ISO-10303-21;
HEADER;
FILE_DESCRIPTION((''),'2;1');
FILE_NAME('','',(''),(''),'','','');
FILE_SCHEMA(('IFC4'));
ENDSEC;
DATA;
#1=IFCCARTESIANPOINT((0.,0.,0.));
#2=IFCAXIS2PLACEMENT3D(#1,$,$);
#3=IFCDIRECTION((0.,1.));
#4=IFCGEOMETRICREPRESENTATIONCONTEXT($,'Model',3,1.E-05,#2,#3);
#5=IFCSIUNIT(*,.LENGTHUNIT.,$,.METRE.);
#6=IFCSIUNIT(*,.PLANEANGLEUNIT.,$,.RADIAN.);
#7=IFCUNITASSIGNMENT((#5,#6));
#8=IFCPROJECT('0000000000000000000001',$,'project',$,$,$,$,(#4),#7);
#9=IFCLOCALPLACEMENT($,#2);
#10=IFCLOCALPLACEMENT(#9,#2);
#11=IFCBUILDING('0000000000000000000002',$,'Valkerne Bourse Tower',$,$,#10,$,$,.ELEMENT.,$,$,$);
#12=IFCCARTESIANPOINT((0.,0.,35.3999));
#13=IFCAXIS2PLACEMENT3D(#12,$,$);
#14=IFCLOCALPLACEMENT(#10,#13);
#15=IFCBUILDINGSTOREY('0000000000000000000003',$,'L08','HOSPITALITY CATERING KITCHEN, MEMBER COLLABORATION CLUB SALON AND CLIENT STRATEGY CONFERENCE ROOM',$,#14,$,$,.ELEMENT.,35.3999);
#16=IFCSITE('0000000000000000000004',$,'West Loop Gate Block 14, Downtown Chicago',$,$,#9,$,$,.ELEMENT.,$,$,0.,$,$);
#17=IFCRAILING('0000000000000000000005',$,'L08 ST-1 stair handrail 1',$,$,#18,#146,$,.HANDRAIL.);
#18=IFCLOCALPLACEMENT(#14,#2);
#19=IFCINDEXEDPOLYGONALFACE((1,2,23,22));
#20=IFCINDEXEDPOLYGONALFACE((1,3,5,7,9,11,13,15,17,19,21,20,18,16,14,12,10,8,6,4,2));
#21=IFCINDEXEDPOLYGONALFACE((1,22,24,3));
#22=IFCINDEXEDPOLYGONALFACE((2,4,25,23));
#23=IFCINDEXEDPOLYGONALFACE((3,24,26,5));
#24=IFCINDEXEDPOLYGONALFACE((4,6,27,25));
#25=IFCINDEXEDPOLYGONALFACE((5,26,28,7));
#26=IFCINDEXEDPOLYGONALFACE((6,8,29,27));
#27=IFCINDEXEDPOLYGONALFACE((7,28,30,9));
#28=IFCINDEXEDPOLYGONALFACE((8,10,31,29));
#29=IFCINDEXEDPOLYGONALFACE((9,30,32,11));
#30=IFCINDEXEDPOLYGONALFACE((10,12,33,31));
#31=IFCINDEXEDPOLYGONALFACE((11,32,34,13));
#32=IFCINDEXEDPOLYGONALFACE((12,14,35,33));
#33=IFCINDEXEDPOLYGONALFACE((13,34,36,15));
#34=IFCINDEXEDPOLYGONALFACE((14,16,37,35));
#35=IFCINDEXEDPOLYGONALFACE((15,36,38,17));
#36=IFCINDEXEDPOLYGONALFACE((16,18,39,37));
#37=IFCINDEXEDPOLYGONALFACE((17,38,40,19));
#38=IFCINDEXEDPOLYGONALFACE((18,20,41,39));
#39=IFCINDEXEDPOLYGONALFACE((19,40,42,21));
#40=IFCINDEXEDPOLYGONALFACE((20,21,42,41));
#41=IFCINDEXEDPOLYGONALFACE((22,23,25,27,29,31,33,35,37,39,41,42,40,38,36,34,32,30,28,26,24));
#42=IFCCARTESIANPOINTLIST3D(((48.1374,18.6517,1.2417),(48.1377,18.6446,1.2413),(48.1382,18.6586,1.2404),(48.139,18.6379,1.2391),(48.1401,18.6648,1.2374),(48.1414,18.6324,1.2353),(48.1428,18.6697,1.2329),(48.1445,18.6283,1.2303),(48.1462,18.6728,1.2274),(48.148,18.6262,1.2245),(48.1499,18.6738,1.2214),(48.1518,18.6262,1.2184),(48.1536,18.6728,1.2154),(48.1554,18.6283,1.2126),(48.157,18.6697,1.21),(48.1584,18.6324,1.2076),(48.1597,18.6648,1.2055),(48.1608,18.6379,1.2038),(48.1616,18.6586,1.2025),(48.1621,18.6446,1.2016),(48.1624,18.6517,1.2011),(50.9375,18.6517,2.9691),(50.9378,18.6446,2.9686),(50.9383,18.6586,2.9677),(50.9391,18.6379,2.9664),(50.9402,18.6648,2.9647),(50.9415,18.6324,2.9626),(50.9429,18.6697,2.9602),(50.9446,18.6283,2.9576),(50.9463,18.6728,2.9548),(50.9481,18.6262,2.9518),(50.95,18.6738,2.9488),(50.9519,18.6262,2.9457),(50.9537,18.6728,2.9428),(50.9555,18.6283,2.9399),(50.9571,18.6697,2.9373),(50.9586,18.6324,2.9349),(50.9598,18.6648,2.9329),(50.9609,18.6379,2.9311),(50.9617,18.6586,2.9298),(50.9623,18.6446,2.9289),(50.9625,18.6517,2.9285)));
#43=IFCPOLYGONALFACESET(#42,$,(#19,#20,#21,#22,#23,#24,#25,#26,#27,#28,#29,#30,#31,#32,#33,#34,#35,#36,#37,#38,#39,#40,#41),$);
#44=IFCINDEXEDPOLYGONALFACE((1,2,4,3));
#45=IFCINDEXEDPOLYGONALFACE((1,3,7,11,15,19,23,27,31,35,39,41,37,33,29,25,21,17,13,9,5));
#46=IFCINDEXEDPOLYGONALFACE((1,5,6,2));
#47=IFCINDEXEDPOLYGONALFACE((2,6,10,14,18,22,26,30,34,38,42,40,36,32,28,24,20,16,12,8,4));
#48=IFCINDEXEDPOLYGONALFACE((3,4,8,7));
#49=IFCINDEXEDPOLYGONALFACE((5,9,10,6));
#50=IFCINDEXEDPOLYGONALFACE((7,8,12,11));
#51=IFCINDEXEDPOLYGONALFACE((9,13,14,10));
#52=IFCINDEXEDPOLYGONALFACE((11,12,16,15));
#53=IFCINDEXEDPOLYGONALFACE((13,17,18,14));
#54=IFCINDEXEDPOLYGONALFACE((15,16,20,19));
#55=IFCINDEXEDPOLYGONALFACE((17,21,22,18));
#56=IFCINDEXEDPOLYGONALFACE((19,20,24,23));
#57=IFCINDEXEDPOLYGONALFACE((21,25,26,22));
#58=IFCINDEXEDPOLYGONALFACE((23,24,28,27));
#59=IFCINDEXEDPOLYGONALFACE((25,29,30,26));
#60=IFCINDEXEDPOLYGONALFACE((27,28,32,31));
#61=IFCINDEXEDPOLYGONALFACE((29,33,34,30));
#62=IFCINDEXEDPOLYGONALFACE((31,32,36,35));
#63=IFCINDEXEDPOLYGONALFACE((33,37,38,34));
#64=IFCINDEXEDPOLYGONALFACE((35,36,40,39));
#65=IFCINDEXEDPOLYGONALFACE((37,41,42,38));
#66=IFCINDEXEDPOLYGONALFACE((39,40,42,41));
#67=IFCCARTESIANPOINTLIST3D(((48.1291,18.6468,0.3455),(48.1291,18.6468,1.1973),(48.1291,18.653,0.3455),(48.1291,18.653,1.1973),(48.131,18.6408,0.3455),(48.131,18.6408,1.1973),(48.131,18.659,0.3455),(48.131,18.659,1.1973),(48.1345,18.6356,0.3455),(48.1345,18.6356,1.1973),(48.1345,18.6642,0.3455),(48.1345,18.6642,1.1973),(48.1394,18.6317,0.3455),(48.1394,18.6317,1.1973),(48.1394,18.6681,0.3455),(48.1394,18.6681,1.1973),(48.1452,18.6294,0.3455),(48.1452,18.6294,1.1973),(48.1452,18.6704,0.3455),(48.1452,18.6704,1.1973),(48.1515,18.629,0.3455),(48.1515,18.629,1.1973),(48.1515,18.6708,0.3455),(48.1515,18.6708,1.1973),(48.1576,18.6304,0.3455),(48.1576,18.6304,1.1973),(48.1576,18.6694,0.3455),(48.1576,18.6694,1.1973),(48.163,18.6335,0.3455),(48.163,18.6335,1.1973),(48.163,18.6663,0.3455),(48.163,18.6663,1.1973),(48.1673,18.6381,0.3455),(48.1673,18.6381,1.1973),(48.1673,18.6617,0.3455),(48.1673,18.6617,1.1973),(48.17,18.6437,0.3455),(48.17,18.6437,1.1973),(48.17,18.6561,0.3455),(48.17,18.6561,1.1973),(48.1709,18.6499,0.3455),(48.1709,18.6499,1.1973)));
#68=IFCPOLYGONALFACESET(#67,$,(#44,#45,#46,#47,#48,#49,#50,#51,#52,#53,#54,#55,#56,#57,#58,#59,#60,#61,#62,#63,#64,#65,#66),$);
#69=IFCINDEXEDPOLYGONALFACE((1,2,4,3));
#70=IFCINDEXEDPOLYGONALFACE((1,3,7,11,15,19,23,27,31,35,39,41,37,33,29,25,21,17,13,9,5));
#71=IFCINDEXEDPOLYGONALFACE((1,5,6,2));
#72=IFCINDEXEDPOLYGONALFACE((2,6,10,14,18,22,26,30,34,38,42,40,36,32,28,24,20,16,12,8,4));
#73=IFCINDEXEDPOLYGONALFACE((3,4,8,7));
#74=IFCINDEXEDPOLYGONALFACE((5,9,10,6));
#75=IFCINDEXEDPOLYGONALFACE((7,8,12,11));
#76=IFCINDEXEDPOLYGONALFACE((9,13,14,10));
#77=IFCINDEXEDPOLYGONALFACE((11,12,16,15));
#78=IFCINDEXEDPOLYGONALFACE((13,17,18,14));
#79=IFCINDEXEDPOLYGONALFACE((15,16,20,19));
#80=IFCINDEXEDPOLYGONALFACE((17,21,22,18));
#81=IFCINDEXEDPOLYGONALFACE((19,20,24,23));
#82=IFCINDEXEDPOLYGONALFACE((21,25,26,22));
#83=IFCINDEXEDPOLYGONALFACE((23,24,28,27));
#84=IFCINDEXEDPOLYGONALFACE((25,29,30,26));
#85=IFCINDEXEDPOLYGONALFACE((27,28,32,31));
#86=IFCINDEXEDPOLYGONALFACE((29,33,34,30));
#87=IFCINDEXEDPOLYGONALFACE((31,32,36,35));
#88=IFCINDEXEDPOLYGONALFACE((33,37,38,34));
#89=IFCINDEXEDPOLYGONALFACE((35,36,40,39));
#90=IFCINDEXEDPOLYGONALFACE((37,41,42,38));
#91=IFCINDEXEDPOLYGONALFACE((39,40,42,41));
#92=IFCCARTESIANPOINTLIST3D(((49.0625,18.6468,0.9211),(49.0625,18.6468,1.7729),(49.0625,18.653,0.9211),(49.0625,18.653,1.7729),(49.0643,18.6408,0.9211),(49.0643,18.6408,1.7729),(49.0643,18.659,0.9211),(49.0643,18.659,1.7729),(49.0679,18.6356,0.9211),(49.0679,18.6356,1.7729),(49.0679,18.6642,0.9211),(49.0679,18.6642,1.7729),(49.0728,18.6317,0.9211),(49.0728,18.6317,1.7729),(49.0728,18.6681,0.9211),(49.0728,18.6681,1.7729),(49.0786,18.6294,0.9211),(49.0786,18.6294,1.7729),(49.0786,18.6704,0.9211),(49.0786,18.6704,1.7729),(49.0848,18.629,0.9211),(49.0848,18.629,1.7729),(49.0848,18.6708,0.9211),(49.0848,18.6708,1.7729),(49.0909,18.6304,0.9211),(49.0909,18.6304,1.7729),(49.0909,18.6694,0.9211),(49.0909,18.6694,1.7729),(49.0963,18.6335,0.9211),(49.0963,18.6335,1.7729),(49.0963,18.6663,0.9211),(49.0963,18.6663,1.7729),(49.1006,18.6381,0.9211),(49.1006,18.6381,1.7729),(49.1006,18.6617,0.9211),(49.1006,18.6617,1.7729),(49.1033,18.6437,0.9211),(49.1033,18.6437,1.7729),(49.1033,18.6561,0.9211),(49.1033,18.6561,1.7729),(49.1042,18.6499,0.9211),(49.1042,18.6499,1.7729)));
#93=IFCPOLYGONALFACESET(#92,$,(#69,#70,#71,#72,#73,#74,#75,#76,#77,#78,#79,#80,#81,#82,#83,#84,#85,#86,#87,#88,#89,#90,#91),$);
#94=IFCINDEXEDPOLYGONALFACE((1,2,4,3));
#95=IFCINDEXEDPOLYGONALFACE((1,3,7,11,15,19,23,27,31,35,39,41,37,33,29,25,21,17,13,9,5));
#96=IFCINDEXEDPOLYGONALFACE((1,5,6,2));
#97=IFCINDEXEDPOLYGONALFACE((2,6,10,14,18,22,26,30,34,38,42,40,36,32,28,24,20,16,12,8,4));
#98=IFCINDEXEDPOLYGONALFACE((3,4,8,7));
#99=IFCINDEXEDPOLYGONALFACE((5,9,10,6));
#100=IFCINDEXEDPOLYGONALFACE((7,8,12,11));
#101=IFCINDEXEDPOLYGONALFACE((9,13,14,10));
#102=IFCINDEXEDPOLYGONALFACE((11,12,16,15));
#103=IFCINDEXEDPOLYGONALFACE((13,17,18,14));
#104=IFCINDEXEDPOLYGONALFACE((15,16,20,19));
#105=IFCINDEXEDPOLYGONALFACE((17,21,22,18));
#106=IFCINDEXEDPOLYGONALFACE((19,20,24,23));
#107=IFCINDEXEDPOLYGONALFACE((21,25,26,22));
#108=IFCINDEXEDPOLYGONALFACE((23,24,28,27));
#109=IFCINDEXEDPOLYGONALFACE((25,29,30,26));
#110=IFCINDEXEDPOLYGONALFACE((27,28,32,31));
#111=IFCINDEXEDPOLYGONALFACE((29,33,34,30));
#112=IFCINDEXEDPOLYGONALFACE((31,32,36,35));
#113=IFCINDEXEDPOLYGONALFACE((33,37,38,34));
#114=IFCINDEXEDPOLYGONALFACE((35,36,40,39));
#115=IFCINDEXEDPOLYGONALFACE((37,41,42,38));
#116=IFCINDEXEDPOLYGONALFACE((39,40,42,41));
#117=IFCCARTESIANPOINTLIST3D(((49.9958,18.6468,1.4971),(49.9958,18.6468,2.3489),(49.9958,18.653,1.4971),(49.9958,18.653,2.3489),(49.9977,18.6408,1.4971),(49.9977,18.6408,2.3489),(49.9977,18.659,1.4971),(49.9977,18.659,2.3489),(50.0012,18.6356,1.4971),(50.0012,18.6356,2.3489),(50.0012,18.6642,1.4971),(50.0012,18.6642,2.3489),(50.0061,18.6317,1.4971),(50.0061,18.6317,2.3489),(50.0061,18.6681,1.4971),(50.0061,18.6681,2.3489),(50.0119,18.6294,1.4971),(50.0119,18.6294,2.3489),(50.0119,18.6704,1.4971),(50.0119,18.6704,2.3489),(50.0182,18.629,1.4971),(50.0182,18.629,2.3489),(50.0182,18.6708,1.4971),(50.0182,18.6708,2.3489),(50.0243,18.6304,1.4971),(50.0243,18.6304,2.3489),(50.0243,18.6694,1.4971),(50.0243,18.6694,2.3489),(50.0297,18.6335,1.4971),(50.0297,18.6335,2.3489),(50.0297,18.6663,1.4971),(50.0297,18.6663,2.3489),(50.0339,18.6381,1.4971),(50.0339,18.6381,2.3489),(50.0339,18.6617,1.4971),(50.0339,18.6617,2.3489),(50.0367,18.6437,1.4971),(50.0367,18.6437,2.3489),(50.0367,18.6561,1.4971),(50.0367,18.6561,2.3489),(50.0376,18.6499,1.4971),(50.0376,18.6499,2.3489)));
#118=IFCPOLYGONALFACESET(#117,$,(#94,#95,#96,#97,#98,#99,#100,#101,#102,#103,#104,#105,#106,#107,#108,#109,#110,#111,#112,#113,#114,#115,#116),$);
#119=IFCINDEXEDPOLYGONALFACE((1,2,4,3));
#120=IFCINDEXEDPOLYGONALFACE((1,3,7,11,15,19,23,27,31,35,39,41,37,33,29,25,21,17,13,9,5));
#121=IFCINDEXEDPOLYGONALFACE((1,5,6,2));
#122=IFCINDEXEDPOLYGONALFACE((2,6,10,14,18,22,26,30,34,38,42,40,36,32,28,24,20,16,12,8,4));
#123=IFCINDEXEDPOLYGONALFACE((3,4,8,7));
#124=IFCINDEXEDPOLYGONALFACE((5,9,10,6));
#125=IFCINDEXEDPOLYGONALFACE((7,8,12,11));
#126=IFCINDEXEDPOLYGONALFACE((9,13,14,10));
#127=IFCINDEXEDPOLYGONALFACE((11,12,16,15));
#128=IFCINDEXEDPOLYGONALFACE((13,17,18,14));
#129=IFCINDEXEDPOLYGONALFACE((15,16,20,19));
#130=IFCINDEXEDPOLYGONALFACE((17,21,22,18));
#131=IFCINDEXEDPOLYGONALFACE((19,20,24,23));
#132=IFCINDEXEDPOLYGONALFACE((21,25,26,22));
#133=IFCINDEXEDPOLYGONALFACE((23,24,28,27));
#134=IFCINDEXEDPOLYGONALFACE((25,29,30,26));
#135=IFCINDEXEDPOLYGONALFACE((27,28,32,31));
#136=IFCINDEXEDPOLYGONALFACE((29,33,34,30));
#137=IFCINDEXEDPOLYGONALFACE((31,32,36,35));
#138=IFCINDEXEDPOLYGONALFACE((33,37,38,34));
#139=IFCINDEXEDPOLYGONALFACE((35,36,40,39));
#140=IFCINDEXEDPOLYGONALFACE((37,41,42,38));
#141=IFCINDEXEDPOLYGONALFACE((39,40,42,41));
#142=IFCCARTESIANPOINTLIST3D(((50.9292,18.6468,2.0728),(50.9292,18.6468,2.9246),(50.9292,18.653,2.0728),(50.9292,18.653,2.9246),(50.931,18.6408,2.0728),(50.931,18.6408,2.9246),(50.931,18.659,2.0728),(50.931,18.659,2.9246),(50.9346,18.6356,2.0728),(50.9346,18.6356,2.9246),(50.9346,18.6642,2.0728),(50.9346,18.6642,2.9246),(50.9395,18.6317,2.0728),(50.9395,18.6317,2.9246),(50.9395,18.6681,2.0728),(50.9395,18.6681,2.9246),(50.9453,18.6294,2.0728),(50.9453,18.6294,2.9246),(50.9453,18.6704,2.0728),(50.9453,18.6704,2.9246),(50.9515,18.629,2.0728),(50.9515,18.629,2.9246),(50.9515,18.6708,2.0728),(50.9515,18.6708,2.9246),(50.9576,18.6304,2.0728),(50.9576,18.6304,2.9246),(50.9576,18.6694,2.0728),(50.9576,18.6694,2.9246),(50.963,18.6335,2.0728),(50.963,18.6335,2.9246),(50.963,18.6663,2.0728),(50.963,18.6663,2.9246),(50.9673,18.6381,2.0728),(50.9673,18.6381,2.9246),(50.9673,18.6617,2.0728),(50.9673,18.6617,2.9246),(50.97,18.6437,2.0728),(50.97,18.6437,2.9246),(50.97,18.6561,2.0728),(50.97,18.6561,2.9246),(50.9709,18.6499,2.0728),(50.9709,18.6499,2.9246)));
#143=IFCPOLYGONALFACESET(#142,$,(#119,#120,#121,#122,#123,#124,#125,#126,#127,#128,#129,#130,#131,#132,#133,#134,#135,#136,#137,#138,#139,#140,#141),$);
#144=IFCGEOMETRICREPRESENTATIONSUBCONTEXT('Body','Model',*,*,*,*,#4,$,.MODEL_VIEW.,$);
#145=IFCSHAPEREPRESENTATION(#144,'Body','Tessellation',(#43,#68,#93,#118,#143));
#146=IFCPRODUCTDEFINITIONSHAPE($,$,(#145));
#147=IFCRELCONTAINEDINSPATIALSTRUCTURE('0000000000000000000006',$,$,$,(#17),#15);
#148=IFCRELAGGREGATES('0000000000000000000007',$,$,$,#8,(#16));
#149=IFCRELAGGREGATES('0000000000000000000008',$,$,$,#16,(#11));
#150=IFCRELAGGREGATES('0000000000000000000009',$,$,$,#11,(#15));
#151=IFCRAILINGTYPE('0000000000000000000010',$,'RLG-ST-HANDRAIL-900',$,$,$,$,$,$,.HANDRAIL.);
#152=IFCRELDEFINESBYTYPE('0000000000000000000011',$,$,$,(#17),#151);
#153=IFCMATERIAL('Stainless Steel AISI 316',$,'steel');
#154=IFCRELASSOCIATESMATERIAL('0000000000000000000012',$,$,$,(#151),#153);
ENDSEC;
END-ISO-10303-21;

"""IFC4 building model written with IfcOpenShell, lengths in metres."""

from ifc_helpers import new_model, si_unit, direction, frame, origin, origin_2d, place, context, subcontext, project, spatial, circle, extrude, material, type_object, element, save


model = new_model("IFC4")

# Units and contexts
model_context = context("Model", 3, precision=1e-05, world=origin(), true_north=direction((0.0, 1.0)))
body_context = subcontext(model_context, "Body", "Model", "MODEL_VIEW")
ifc_project = project(units=[si_unit("LENGTHUNIT", "METRE"), si_unit("PLANEANGLEUNIT", "RADIAN")], contexts=[model_context])

# Site, building, storey
site_placement = place(None, origin())
site = spatial("IfcSite", under=ifc_project, at=site_placement, Name="West Loop Gate Block 14, Downtown Chicago", CompositionType="ELEMENT", RefElevation=0.0)
building_placement = place(site_placement, origin())
building = spatial("IfcBuilding", under=site, at=building_placement, Name="Valkerne Bourse Tower", CompositionType="ELEMENT")
storey_placement = place(building_placement, frame((0.0, 0.0, 35.3999)))
storey = spatial("IfcBuildingStorey", under=building, at=storey_placement, Name="L08", Description="HOSPITALITY CATERING KITCHEN, MEMBER COLLABORATION CLUB SALON AND CLIENT STRATEGY CONFERENCE ROOM", CompositionType="ELEMENT", Elevation=35.3999)

# Shared definitions
ifc_material_1 = material(Name="Stainless Steel AISI 316", Category="steel")

# Railing
railing_type_1 = type_object("IfcRailingType", Name="RLG-ST-HANDRAIL-900", PredefinedType="HANDRAIL", material=ifc_material_1)
railing_1_placement = place(storey_placement, frame((48.1499, 18.6499, 0.3455)))
element("IfcRailing", 1, at=railing_1_placement, inside=storey, type_object=railing_type_1, Name="L08 ST-1 stair handrail 1", PredefinedType="HANDRAIL", context=body_context, shape_type="SweptSolid", body=[
    extrude(circle(Radius=0.0239, at=origin_2d()), frame((0.0, 0.0, 0.876), z_axis=(0.85109, 0.0, 0.52502), x_axis=(0.0, 1.0, 0.0)), (0.0, 0.0, 1.0), 3.29),
    extrude(circle(Radius=0.021, at=origin_2d()), origin(), (0.0, 0.0, 1.0), 0.8518),
    extrude(circle(Radius=0.021, at=origin_2d()), frame((0.9333, 0.0, 0.5757)), (0.0, 0.0, 1.0), 0.8518),
    extrude(circle(Radius=0.021, at=origin_2d()), frame((1.8667, 0.0, 1.1516)), (0.0, 0.0, 1.0), 0.8518),
    extrude(circle(Radius=0.021, at=origin_2d()), frame((2.8, 0.0, 1.7273)), (0.0, 0.0, 1.0), 0.8518),
])

save(model, "model.ifc")
